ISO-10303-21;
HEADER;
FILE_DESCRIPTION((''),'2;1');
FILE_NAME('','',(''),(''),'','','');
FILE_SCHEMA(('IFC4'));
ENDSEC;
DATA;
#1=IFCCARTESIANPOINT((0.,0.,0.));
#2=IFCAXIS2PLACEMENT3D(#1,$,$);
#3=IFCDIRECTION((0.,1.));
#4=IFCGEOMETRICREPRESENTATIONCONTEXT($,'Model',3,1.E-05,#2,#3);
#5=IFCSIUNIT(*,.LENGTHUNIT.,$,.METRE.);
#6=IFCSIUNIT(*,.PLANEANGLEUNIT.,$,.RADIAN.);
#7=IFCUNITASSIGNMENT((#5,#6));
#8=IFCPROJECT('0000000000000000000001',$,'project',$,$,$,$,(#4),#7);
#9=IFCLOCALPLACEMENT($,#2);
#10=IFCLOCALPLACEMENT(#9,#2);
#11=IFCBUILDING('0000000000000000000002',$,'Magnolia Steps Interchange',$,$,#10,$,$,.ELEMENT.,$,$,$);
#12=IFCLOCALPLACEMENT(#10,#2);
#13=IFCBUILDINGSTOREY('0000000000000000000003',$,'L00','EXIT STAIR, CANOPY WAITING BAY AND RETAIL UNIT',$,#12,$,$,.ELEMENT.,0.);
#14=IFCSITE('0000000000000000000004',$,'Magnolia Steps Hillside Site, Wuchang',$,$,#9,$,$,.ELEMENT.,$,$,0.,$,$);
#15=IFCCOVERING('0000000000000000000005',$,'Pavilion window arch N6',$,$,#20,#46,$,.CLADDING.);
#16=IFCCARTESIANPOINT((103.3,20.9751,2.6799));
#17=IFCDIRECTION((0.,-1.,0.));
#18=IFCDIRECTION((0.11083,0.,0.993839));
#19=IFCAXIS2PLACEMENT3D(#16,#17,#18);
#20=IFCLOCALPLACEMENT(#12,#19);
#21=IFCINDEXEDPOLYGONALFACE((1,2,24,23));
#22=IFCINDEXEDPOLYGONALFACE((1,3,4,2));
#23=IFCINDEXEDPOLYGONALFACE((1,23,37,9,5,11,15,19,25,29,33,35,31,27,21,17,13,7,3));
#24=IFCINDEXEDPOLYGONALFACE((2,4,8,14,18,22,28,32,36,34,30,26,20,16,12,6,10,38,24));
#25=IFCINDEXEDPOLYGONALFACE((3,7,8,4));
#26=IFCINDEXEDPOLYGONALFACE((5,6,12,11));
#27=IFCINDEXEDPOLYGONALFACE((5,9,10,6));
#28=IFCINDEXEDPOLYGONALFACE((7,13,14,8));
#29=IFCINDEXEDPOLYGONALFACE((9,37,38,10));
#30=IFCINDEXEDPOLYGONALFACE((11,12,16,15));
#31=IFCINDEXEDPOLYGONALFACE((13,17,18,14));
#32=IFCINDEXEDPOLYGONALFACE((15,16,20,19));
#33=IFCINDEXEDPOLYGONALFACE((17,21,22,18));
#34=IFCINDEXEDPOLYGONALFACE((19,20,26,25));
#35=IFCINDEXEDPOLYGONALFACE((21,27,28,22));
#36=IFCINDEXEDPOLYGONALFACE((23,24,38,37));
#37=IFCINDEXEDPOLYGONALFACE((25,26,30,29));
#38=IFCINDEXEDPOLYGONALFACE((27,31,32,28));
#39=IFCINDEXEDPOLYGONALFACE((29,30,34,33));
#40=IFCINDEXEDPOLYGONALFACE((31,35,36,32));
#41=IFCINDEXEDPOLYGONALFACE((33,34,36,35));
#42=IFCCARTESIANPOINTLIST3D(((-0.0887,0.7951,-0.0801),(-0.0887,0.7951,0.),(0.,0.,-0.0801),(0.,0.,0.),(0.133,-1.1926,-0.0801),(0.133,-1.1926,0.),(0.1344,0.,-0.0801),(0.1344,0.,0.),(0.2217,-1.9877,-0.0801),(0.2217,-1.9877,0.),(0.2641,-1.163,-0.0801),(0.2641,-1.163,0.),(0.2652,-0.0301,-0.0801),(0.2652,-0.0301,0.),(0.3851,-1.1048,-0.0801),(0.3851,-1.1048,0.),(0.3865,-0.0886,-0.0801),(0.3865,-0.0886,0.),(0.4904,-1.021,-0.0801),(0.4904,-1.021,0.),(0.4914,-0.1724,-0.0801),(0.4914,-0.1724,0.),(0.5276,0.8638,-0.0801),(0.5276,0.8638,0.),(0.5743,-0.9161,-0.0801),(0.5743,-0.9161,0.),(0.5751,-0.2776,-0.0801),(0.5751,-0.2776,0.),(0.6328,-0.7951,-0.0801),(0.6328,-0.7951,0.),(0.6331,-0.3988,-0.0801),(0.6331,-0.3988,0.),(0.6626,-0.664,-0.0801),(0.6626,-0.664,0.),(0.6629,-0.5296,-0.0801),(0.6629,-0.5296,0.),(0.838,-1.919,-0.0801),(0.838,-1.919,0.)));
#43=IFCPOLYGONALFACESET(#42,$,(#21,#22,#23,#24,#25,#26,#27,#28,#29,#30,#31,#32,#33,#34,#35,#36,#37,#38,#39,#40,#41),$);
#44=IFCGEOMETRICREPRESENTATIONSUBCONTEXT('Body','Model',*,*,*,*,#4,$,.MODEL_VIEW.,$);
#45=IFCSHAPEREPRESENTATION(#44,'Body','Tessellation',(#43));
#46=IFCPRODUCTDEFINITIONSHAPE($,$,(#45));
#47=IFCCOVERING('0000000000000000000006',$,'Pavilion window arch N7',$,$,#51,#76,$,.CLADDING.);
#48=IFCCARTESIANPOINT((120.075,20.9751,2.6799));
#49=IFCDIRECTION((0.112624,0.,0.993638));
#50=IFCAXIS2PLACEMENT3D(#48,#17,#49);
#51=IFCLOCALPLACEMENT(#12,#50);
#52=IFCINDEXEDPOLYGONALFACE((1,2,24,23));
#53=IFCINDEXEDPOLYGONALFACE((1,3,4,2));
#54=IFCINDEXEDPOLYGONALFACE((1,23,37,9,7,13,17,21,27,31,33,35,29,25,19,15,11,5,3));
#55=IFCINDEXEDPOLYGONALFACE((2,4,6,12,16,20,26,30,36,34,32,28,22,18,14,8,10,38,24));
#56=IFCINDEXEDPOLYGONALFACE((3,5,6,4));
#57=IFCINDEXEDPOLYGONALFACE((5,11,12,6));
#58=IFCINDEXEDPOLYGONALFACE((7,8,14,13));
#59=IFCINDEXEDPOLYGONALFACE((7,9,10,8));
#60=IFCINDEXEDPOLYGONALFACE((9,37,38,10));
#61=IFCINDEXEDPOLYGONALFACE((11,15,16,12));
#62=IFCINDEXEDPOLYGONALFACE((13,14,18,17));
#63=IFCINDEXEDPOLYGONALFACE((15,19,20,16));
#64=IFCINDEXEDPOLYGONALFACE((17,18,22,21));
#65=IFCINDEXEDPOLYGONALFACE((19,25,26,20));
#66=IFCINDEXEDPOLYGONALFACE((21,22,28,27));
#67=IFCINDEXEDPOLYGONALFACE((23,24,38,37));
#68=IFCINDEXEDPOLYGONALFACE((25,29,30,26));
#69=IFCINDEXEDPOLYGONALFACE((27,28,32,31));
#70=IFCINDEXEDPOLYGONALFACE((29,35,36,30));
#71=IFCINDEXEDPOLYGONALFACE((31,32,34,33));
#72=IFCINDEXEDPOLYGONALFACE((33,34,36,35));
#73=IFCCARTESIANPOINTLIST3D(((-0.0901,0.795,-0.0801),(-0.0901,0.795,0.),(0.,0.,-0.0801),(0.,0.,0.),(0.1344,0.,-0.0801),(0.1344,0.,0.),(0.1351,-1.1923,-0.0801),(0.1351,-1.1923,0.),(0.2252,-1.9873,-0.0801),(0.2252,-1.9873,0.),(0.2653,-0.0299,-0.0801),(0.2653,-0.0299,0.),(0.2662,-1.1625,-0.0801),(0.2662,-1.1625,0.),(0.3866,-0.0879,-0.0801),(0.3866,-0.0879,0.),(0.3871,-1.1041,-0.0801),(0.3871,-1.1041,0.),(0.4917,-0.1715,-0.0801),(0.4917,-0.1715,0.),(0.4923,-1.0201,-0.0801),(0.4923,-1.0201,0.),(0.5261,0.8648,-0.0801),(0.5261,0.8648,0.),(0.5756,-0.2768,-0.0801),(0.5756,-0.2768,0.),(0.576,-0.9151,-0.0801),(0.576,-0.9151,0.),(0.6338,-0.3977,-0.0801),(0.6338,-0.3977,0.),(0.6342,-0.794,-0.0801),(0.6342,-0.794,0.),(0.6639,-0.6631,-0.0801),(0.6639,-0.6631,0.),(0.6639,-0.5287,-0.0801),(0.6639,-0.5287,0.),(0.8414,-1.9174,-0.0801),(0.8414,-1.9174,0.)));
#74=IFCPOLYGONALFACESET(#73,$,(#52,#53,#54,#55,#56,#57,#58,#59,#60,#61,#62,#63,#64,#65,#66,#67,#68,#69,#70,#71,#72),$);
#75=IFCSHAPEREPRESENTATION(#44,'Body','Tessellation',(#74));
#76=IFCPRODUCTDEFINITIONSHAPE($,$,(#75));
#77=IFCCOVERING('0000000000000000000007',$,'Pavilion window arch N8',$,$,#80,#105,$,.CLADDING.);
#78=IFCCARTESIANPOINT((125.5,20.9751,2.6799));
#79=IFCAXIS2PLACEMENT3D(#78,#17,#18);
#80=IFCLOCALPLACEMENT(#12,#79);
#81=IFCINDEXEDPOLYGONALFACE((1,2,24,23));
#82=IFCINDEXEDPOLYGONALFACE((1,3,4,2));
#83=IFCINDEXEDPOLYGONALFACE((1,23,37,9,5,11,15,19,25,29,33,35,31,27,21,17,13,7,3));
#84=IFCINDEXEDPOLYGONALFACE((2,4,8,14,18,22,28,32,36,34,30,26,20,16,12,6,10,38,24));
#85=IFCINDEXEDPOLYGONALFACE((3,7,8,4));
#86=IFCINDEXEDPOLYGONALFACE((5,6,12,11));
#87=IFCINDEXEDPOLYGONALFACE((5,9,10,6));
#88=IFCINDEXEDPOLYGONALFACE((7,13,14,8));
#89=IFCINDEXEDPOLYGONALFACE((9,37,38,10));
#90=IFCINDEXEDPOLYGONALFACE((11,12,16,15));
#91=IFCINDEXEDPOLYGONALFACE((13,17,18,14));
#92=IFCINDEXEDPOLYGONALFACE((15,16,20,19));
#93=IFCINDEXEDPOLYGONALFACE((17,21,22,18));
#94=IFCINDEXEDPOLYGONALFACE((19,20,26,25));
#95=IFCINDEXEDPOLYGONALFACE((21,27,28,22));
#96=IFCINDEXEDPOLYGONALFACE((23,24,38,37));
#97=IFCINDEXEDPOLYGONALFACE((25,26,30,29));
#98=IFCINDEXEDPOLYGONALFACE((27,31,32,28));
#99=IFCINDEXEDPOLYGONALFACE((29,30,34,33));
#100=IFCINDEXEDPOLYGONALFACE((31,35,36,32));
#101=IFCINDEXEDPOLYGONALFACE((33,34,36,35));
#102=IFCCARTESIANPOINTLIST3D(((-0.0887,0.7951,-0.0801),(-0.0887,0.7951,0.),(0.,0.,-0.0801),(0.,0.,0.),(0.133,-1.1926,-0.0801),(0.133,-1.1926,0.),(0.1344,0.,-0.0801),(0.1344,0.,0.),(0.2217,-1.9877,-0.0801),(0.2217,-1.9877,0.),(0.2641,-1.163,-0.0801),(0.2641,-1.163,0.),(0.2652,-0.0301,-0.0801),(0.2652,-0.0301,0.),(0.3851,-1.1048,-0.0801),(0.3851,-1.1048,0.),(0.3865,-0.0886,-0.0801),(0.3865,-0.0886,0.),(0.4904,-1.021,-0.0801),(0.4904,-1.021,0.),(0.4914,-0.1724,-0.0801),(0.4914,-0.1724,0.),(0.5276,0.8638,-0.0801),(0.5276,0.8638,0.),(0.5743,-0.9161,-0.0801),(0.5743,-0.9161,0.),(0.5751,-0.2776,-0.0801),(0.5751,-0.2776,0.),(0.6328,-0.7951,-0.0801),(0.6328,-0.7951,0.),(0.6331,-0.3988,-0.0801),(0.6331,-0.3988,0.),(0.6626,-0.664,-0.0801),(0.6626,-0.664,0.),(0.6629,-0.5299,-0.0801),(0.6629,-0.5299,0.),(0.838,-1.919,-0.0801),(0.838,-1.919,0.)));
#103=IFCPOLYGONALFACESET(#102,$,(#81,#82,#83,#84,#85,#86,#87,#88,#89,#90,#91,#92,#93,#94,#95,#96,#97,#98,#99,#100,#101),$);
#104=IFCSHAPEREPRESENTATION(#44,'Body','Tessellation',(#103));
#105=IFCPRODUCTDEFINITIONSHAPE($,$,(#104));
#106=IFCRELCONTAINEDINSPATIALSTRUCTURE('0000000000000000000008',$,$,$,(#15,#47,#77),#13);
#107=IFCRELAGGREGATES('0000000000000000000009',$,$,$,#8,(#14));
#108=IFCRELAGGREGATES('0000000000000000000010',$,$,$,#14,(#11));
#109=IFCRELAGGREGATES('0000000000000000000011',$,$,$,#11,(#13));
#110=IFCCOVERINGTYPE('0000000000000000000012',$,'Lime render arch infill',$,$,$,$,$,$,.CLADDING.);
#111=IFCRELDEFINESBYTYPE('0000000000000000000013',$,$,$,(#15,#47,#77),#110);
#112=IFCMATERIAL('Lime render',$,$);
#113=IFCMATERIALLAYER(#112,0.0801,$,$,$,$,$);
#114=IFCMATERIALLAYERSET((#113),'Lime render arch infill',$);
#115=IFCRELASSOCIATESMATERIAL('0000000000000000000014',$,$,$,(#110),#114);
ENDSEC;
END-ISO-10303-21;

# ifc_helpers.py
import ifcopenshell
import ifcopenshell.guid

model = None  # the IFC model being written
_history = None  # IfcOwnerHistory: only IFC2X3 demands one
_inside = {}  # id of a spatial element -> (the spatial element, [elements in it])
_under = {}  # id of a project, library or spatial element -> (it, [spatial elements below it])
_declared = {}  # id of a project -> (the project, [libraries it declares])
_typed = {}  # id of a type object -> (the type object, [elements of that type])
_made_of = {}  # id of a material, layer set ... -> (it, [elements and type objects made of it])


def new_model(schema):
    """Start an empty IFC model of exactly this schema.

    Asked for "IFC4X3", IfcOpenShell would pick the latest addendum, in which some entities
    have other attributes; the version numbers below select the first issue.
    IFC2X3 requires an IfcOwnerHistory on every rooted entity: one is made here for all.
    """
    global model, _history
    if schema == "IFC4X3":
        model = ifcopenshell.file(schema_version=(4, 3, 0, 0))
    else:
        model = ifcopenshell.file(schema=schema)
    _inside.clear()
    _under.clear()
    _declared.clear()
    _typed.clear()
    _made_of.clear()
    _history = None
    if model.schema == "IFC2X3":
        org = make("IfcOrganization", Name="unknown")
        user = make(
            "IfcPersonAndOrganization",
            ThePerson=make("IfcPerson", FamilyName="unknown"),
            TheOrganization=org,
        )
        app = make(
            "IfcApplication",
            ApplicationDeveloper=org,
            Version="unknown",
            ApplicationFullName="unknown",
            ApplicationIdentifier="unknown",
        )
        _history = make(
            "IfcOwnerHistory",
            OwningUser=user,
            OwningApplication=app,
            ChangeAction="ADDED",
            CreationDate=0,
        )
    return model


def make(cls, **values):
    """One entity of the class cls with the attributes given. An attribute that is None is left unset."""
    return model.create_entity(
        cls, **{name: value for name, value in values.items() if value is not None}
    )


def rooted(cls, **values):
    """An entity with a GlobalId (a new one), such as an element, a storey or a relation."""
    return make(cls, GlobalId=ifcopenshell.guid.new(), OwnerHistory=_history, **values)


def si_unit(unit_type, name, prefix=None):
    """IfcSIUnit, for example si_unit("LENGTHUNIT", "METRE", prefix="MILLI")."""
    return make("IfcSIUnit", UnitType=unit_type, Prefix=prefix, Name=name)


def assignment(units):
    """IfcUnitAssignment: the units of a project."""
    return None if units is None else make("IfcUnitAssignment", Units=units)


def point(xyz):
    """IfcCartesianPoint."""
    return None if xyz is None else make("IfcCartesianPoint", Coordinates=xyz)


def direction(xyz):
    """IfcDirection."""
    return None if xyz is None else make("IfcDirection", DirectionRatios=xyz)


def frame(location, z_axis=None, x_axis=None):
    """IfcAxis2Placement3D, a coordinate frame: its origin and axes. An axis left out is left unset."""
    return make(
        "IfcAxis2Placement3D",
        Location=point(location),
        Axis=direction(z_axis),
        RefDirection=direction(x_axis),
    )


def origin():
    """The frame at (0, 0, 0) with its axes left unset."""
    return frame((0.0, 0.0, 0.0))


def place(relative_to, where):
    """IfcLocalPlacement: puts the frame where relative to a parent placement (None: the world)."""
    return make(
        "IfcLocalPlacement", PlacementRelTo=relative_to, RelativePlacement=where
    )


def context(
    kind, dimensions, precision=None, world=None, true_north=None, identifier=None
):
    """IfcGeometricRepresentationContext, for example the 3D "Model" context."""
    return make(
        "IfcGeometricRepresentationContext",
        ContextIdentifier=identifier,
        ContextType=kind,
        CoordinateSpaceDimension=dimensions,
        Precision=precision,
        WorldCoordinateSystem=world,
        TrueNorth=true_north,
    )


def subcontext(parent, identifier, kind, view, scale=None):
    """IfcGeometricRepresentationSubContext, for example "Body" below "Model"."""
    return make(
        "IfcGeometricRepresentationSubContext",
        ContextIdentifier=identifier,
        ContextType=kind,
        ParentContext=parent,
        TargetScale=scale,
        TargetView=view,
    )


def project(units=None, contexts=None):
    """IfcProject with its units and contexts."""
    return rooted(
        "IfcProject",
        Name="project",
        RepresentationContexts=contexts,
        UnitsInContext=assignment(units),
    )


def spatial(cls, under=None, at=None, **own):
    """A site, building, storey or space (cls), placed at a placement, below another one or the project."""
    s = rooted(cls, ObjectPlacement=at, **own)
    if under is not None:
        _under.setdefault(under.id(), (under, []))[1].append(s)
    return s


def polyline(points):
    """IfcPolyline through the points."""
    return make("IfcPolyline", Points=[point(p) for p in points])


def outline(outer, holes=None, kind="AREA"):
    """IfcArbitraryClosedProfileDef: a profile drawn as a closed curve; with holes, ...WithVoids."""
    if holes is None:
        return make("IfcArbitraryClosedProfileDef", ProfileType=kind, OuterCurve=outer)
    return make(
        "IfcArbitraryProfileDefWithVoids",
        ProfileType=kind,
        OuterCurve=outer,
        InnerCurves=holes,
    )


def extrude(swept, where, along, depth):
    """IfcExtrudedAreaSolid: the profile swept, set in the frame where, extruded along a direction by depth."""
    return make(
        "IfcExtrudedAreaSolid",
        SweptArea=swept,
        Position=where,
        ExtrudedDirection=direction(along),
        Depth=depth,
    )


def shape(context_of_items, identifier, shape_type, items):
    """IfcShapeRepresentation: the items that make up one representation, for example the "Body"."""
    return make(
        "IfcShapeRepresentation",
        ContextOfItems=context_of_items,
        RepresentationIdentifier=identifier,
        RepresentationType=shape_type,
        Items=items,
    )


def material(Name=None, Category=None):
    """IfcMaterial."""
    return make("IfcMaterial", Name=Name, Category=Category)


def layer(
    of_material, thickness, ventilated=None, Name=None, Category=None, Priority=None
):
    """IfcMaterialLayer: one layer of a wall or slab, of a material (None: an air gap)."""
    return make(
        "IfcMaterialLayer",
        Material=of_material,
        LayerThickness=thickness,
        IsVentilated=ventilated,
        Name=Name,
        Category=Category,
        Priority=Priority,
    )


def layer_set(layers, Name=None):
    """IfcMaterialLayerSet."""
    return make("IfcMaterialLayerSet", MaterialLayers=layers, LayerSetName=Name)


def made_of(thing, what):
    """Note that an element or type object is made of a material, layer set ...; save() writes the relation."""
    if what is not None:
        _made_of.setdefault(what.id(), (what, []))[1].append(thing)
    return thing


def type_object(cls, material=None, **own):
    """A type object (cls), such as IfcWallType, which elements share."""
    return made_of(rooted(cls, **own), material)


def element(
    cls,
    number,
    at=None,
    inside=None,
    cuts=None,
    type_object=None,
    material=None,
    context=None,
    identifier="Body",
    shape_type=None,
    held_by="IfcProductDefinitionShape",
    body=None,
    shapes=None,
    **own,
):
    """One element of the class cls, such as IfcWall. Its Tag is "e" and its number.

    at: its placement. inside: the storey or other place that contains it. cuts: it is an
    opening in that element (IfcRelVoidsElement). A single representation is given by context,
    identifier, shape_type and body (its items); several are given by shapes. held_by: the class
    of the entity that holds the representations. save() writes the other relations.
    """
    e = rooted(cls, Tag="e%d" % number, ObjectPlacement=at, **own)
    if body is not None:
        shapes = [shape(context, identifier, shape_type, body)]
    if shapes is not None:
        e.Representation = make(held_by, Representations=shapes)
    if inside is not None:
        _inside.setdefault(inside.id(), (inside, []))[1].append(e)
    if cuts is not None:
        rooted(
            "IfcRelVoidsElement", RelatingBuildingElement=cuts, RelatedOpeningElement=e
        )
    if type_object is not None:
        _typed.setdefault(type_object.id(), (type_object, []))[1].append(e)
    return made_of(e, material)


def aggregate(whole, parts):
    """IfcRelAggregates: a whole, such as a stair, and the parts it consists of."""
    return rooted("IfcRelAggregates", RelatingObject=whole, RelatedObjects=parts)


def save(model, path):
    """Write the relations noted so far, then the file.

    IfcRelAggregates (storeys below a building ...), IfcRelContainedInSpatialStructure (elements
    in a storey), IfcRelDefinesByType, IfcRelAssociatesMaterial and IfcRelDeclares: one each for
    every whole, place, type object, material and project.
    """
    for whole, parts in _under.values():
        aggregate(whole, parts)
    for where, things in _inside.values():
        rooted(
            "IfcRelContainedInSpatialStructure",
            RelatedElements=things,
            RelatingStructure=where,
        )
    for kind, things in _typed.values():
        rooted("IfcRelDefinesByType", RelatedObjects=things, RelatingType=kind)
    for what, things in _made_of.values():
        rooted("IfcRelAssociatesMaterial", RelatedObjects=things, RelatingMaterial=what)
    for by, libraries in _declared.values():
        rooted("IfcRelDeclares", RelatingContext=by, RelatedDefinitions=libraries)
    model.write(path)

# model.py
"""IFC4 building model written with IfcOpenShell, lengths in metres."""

from ifc_helpers import new_model, si_unit, direction, frame, origin, place, context, subcontext, project, spatial, polyline, outline, extrude, material, layer, layer_set, type_object, element, save


model = new_model("IFC4")

# Units and contexts
model_context = context("Model", 3, precision=1e-05, world=origin(), true_north=direction((0.0, 1.0)))
body_context = subcontext(model_context, "Body", "Model", "MODEL_VIEW")
ifc_project = project(units=[si_unit("LENGTHUNIT", "METRE"), si_unit("PLANEANGLEUNIT", "RADIAN")], contexts=[model_context])

# Site, building, storey
site_placement = place(None, origin())
site = spatial("IfcSite", under=ifc_project, at=site_placement, Name="Magnolia Steps Hillside Site, Wuchang", CompositionType="ELEMENT", RefElevation=0.0)
building_placement = place(site_placement, origin())
building = spatial("IfcBuilding", under=site, at=building_placement, Name="Magnolia Steps Interchange", CompositionType="ELEMENT")
storey_placement = place(building_placement, origin())
storey = spatial("IfcBuildingStorey", under=building, at=storey_placement, Name="L00", Description="EXIT STAIR, CANOPY WAITING BAY AND RETAIL UNIT", CompositionType="ELEMENT", Elevation=0.0)

# Coverings
ifc_material_1 = material(Name="Lime render")
ifc_layer_1 = layer(ifc_material_1, 0.0801)
ifc_layer_set_1 = layer_set([ifc_layer_1], Name="Lime render arch infill")
covering_type_1 = type_object("IfcCoveringType", Name="Lime render arch infill", PredefinedType="CLADDING", material=ifc_layer_set_1)
covering_1_placement = place(storey_placement, frame((103.3, 20.9751, 2.6799), z_axis=(0.0, -1.0, 0.0), x_axis=(0.11083, 0.0, 0.993839)))
element("IfcCovering", 1, at=covering_1_placement, inside=storey, type_object=covering_type_1, Name="Pavilion window arch N6", PredefinedType="CLADDING", context=body_context, shape_type="SweptSolid", body=[
    extrude(outline(polyline([(0.0, 0.0), (0.1344, 0.0), (0.2652, -0.0301), (0.3865, -0.0886), (0.4914, -0.1724), (0.5751, -0.2776), (0.6331, -0.3988), (0.6629, -0.5296), (0.6626, -0.664), (0.6328, -0.7951), (0.5743, -0.9161), (0.4904, -1.021), (0.3851, -1.1048), (0.2641, -1.163), (0.133, -1.1926), (0.2217, -1.9877), (0.838, -1.919), (0.5276, 0.8638), (-0.0887, 0.7951), (0.0, 0.0)])), origin(), (0.0, 0.0, -1.0), 0.0801),
])
covering_2_placement = place(storey_placement, frame((120.075, 20.9751, 2.6799), z_axis=(0.0, -1.0, 0.0), x_axis=(0.112624, 0.0, 0.993638)))
element("IfcCovering", 2, at=covering_2_placement, inside=storey, type_object=covering_type_1, Name="Pavilion window arch N7", PredefinedType="CLADDING", context=body_context, shape_type="SweptSolid", body=[
    extrude(outline(polyline([(0.0, 0.0), (0.1344, 0.0), (0.2653, -0.0299), (0.3866, -0.0879), (0.4917, -0.1715), (0.5756, -0.2768), (0.6338, -0.3977), (0.6639, -0.5287), (0.6639, -0.6631), (0.6342, -0.794), (0.576, -0.9151), (0.4923, -1.0201), (0.3871, -1.1041), (0.2662, -1.1625), (0.1351, -1.1923), (0.2252, -1.9873), (0.8414, -1.9174), (0.5261, 0.8648), (-0.0901, 0.795), (0.0, 0.0)])), origin(), (0.0, 0.0, -1.0), 0.0801),
])
covering_3_placement = place(storey_placement, frame((125.5, 20.9751, 2.6799), z_axis=(0.0, -1.0, 0.0), x_axis=(0.11083, 0.0, 0.993839)))
element("IfcCovering", 3, at=covering_3_placement, inside=storey, type_object=covering_type_1, Name="Pavilion window arch N8", PredefinedType="CLADDING", context=body_context, shape_type="SweptSolid", body=[
    extrude(outline(polyline([(0.0, 0.0), (0.1344, 0.0), (0.2652, -0.0301), (0.3865, -0.0886), (0.4914, -0.1724), (0.5751, -0.2776), (0.6331, -0.3988), (0.6629, -0.5299), (0.6626, -0.664), (0.6328, -0.7951), (0.5743, -0.9161), (0.4904, -1.021), (0.3851, -1.1048), (0.2641, -1.163), (0.133, -1.1926), (0.2217, -1.9877), (0.838, -1.919), (0.5276, 0.8638), (-0.0887, 0.7951), (0.0, 0.0)])), origin(), (0.0, 0.0, -1.0), 0.0801),
])

save(model, "model.ifc")
